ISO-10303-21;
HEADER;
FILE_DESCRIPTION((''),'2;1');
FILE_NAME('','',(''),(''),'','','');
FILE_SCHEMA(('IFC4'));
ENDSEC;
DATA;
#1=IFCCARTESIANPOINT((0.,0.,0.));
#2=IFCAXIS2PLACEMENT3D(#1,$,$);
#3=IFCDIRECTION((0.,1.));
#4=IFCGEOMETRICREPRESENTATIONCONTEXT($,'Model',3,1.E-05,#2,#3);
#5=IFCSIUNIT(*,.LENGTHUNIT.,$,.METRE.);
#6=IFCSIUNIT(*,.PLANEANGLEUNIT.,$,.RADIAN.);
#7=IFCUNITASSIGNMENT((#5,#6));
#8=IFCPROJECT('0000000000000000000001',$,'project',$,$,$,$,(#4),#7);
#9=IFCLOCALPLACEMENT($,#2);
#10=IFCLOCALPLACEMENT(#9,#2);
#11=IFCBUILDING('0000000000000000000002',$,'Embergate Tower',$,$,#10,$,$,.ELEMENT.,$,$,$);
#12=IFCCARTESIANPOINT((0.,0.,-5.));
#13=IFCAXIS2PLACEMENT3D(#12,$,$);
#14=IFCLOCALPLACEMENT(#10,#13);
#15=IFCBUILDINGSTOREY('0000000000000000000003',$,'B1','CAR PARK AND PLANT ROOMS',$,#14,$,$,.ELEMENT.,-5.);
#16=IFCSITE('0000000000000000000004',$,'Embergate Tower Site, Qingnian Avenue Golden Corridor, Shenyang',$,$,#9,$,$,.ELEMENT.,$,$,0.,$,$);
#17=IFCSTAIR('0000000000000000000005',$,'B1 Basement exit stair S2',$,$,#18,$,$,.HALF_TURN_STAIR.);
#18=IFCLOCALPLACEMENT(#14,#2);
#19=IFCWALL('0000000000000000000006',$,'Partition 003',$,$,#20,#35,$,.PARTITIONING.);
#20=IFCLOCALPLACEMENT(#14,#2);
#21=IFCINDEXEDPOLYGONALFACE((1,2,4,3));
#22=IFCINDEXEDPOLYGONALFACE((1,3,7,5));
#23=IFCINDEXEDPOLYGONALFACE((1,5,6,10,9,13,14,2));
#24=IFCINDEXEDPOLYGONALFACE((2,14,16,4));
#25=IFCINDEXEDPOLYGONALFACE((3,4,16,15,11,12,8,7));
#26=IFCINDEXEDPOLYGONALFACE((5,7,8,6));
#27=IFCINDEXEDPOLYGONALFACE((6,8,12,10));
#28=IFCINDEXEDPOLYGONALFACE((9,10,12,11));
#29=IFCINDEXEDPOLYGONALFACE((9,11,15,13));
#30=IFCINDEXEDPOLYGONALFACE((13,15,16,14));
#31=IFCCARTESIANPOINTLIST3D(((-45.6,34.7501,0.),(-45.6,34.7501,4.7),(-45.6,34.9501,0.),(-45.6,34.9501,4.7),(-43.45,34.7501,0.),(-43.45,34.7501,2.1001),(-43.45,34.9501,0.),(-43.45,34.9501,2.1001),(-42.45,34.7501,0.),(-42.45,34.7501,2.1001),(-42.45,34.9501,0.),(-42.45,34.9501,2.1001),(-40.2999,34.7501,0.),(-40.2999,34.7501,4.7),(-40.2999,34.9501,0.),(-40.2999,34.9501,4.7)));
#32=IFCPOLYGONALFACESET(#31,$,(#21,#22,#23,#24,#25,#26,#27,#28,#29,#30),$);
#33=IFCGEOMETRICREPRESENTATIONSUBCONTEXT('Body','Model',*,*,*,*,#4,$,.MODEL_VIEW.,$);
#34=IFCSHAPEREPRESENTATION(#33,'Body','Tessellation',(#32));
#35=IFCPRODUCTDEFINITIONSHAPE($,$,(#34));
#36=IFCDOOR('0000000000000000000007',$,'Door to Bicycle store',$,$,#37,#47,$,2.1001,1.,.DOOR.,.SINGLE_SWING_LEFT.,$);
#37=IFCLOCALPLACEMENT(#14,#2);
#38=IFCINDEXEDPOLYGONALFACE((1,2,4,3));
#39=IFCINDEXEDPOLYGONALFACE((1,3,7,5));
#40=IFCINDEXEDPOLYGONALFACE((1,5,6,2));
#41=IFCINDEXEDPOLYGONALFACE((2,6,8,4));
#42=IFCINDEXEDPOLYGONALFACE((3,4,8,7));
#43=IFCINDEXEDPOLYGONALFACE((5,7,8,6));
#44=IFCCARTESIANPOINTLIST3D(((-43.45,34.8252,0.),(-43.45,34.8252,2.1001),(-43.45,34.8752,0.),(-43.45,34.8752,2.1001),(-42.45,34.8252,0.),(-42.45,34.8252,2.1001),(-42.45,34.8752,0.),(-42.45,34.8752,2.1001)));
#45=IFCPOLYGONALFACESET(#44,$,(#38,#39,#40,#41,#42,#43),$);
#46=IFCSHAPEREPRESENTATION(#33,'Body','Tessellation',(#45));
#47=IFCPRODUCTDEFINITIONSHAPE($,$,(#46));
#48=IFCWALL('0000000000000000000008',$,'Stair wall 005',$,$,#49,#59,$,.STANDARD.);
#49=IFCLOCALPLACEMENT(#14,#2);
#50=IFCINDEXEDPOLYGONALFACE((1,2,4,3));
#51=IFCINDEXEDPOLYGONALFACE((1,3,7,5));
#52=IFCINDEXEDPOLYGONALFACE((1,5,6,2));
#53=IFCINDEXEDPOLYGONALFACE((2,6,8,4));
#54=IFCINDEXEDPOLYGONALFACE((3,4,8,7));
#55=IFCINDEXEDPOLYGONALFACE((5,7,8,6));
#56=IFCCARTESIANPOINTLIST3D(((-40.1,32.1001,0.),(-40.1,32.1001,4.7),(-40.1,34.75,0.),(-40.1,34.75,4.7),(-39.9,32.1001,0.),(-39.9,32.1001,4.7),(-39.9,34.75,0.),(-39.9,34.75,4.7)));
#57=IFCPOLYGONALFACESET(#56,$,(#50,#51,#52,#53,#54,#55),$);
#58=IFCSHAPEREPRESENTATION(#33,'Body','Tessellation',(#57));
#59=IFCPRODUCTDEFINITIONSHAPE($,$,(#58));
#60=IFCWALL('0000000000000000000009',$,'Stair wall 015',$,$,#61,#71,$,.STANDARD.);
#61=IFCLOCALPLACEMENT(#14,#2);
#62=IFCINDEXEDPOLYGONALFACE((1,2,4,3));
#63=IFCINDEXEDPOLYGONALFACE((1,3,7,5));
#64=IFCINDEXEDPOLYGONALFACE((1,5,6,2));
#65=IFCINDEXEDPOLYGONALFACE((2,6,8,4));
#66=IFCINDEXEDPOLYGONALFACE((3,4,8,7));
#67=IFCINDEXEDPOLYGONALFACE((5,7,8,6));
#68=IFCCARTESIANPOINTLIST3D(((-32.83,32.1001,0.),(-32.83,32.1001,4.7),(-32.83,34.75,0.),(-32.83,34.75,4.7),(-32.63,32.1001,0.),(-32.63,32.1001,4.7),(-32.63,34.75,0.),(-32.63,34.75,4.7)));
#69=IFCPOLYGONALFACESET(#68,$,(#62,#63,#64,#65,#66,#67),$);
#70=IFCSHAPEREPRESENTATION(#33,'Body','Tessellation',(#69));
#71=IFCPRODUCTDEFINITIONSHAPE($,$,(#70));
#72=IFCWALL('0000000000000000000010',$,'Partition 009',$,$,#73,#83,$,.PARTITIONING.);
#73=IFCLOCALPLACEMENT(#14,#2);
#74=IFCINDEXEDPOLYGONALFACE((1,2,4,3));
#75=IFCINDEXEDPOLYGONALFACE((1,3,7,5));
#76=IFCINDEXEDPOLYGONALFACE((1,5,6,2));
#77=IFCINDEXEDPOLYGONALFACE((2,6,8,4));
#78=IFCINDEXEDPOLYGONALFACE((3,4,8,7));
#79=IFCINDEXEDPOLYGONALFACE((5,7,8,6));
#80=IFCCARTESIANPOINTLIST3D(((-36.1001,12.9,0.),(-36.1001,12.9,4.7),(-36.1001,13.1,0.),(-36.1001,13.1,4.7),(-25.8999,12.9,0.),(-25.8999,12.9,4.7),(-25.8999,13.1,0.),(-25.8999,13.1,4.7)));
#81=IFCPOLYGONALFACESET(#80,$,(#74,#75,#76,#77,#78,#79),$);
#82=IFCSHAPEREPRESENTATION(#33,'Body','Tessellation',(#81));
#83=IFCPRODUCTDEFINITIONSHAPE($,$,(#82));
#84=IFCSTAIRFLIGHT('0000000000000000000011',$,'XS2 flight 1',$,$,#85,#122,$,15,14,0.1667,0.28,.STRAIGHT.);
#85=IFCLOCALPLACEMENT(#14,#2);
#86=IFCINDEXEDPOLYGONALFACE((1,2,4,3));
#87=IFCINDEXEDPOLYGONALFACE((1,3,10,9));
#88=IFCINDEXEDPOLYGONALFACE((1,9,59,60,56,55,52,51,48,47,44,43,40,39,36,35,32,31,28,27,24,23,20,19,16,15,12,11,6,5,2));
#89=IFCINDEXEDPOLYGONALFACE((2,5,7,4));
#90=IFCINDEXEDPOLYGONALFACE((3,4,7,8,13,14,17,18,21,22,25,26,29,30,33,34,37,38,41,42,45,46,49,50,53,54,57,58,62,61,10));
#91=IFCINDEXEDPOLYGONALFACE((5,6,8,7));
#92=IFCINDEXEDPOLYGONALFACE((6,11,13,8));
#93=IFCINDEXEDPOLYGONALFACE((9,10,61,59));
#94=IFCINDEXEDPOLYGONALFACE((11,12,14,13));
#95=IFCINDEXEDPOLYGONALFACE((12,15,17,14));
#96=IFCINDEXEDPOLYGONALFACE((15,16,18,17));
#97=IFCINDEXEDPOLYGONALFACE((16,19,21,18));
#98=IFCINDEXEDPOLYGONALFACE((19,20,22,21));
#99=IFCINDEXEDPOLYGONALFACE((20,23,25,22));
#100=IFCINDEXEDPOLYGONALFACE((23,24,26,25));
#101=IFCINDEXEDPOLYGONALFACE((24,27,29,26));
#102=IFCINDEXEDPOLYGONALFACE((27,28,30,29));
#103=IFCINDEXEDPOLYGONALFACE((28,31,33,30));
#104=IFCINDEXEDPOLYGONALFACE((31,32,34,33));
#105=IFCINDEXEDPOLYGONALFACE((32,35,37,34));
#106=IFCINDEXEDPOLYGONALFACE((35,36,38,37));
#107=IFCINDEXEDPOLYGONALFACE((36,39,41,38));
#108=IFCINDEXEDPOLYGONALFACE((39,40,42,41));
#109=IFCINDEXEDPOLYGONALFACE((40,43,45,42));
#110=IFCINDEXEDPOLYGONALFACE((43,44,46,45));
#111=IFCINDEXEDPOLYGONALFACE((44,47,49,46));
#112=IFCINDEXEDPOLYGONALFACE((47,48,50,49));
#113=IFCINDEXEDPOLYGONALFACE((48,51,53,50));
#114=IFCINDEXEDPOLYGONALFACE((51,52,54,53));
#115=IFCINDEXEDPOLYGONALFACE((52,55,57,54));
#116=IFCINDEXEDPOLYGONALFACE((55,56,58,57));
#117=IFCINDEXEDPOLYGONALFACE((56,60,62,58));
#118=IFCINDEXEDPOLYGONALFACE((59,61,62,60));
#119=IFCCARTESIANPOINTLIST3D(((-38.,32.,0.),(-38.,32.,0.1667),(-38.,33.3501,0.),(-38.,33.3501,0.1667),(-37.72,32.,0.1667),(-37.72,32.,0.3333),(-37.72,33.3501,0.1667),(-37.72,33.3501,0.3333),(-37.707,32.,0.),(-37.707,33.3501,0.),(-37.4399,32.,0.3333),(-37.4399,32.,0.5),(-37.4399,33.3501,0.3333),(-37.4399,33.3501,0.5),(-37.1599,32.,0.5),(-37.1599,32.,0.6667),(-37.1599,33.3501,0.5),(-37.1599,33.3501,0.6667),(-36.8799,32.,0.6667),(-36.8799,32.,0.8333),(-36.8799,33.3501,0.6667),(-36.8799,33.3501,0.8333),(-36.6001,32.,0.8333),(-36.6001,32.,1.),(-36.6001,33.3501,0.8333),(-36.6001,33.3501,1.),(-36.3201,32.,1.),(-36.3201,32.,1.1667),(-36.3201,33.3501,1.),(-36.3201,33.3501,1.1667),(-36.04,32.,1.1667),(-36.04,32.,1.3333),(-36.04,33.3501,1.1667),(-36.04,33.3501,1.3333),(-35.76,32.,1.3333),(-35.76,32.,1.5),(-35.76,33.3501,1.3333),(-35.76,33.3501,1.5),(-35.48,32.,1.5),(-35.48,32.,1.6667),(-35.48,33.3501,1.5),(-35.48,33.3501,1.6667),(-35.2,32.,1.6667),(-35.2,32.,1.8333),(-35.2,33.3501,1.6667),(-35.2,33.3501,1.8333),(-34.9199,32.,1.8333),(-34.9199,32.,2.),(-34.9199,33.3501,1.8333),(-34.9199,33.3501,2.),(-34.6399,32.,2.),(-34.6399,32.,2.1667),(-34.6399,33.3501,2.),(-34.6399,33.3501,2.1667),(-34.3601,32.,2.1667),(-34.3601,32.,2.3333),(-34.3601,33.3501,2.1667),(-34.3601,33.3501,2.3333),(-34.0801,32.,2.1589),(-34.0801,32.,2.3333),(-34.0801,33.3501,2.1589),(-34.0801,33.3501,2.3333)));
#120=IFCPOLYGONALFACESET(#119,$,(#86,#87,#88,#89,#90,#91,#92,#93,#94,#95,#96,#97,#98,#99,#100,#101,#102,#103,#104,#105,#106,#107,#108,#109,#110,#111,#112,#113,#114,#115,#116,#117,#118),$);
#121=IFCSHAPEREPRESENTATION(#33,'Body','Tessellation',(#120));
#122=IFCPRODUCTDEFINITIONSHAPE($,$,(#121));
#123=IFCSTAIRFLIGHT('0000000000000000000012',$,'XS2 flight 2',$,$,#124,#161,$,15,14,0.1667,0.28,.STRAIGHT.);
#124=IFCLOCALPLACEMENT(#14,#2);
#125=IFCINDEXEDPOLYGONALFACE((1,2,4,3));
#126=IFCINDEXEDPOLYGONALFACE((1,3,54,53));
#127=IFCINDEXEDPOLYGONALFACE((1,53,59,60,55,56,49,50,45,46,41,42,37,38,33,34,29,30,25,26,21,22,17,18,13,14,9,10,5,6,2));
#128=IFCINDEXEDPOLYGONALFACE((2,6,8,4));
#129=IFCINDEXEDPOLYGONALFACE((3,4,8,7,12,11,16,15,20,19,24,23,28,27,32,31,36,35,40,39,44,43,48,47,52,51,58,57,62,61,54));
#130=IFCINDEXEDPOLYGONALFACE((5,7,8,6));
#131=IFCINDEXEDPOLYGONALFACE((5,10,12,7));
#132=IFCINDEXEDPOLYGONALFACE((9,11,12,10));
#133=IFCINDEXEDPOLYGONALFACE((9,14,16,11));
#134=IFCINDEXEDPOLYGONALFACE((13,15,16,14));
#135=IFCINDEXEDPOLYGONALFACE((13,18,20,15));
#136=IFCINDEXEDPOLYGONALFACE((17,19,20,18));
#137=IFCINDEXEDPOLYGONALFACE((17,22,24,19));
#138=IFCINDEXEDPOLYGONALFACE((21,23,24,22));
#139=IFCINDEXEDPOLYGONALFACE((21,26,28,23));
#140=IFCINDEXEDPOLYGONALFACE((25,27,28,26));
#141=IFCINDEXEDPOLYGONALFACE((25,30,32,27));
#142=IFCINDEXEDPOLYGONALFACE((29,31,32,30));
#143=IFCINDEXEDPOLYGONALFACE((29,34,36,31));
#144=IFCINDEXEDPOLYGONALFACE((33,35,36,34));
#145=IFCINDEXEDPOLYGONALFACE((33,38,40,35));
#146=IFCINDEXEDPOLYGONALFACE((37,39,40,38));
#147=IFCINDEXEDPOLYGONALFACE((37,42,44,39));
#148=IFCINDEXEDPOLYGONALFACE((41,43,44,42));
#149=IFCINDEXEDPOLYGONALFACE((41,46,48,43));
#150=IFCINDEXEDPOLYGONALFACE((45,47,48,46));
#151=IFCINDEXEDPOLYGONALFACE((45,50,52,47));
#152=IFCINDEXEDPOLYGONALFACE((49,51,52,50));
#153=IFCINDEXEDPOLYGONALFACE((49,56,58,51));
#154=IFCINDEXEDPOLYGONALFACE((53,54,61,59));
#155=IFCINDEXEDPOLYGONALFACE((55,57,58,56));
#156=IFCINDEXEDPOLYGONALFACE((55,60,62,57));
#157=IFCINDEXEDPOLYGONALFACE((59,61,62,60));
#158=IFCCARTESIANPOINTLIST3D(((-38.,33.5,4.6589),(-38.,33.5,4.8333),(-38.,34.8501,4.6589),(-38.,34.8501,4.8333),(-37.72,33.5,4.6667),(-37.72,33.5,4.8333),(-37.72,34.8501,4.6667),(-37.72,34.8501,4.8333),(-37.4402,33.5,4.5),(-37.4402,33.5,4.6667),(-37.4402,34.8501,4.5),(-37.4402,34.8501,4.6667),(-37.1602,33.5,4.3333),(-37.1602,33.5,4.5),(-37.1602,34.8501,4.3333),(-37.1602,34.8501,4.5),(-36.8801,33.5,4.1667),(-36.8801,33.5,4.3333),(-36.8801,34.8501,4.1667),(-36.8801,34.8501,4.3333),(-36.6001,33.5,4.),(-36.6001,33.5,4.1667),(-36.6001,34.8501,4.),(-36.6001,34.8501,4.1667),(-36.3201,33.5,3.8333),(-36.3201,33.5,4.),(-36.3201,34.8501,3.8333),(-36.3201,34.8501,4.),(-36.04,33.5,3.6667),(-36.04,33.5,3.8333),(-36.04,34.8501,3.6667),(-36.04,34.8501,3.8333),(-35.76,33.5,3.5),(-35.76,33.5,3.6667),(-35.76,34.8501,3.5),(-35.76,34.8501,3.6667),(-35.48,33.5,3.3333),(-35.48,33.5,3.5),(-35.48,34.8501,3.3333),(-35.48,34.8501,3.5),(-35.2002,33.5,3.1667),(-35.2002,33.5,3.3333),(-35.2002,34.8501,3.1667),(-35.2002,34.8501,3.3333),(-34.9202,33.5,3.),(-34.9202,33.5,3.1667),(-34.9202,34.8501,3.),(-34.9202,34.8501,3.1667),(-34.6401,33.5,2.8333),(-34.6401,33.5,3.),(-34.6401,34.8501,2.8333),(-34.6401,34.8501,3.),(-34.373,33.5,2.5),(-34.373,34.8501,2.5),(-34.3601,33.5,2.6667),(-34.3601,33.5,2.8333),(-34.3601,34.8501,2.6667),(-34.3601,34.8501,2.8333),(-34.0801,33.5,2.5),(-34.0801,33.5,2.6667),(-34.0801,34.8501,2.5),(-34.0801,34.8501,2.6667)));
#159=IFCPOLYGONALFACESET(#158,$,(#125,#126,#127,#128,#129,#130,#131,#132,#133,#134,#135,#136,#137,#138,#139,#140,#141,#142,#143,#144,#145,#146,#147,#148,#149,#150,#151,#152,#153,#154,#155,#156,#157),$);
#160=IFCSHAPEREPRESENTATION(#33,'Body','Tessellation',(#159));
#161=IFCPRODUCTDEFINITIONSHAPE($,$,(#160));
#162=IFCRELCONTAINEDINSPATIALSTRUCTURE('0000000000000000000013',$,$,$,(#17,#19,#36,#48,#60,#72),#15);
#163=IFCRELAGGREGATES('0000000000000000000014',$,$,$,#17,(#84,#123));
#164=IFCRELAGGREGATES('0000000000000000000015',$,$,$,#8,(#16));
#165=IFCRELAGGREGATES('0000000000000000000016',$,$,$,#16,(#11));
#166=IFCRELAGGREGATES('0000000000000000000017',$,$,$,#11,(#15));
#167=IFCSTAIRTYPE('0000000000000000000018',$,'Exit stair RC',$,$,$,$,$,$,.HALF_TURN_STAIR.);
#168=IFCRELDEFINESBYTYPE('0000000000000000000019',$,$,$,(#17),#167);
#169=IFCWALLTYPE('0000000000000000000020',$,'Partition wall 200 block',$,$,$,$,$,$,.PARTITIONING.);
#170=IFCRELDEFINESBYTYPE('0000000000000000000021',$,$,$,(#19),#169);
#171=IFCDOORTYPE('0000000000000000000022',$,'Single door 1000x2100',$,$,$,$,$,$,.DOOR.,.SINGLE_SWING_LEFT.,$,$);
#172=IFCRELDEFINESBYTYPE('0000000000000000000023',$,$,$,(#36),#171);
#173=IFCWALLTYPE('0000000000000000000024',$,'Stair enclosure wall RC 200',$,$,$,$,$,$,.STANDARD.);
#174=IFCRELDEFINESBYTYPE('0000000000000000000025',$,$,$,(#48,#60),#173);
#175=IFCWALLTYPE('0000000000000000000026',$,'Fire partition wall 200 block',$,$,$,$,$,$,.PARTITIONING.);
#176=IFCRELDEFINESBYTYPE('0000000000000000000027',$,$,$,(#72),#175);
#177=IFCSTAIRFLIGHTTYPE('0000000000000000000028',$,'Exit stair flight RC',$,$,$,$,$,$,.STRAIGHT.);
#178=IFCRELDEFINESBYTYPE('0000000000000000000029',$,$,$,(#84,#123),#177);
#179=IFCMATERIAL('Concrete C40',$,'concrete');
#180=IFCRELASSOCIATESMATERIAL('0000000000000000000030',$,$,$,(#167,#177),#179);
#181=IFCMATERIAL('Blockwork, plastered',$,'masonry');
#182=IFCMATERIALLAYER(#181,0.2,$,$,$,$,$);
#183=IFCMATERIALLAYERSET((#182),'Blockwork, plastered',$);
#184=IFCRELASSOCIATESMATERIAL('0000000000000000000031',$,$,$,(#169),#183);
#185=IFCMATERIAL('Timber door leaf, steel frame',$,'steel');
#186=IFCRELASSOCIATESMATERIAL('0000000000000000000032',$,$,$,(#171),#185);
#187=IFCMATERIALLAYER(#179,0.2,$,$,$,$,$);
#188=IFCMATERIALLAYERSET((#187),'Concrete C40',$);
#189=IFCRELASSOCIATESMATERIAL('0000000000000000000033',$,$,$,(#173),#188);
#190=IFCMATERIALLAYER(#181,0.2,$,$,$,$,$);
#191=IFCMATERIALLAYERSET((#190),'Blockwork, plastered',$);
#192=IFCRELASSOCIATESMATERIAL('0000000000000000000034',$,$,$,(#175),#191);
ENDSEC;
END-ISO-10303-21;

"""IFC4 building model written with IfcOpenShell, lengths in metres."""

from ifc_helpers import new_model, si_unit, direction, frame, frame_2d, origin, place, context, subcontext, project, spatial, polyline, rectangle, outline, extrude, source, transform, mapped, material, layer, layer_set, type_object, element, fill, aggregate, save


model = new_model("IFC4")

# Units and contexts
model_context = context("Model", 3, precision=1e-05, world=origin(), true_north=direction((0.0, 1.0)))
body_context = subcontext(model_context, "Body", "Model", "MODEL_VIEW")
ifc_project = project(units=[si_unit("LENGTHUNIT", "METRE"), si_unit("PLANEANGLEUNIT", "RADIAN")], contexts=[model_context])

# Site, building, storey
site_placement = place(None, origin())
site = spatial("IfcSite", under=ifc_project, at=site_placement, Name="Embergate Tower Site, Qingnian Avenue Golden Corridor, Shenyang", CompositionType="ELEMENT", RefElevation=0.0)
building_placement = place(site_placement, origin())
building = spatial("IfcBuilding", under=site, at=building_placement, Name="Embergate Tower", CompositionType="ELEMENT")
storey_placement = place(building_placement, frame((0.0, 0.0, -5.0)))
storey = spatial("IfcBuildingStorey", under=building, at=storey_placement, Name="B1", Description="CAR PARK AND PLANT ROOMS", CompositionType="ELEMENT", Elevation=-5.0)

# Stair
ifc_material_1 = material(Name="Concrete C40", Category="concrete")
stair_type = type_object("IfcStairType", Name="Exit stair RC", PredefinedType="HALF_TURN_STAIR", material=ifc_material_1)
stair_placement = place(storey_placement, origin())
stair = element("IfcStair", 1, at=stair_placement, inside=storey, type_object=stair_type, Name="B1 Basement exit stair S2", PredefinedType="HALF_TURN_STAIR")

# Shared definitions
ifc_material_2 = material(Name="Blockwork, plastered", Category="masonry")
ifc_layer_1 = layer(ifc_material_2, 0.2)
ifc_layer_set_1 = layer_set([ifc_layer_1], Name="Blockwork, plastered")
wall_type_1 = type_object("IfcWallType", Name="Partition wall 200 block", PredefinedType="PARTITIONING", material=ifc_layer_set_1)
shared_shape_1 = source(origin(), body_context, "Body", "SweptSolid", [
    extrude(rectangle(XDim=5.3, YDim=0.2, at=frame_2d((2.6499, 0.0))), origin(), (0.0, 0.0, 1.0), 4.7),
])

# Wall, opening, door
wall_1_placement = place(storey_placement, frame((-40.3, 34.8501, 0.0), z_axis=(0.0, 0.0, 1.0), x_axis=(-1.0, 0.0, 0.0)))
wall_1 = element("IfcWall", 2, at=wall_1_placement, inside=storey, type_object=wall_type_1, Name="Partition 003", PredefinedType="PARTITIONING", context=body_context, shape_type="MappedRepresentation", body=[
    mapped(shared_shape_1, transform((0.0, 0.0, 0.0))),
])
shared_shape_2 = source(origin(), body_context, "Body", "SweptSolid", [
    extrude(rectangle(XDim=1.0, YDim=2.1001, at=frame_2d((0.5, 1.05))), frame((0.0, 0.1099, 0.0), z_axis=(0.0, -1.0, 0.0), x_axis=(1.0, 0.0, 0.0)), (0.0, 0.0, 1.0), 0.22),
])
opening_placement = place(wall_1_placement, frame((2.1499, 0.0, 0.0)))
opening = element("IfcOpeningElement", 3, at=opening_placement, cuts=wall_1, PredefinedType="OPENING", context=body_context, shape_type="MappedRepresentation", body=[
    mapped(shared_shape_2, transform((0.0, 0.0, 0.0))),
])
ifc_material_3 = material(Name="Timber door leaf, steel frame", Category="steel")
door_type = type_object("IfcDoorType", Name="Single door 1000x2100", OperationType="SINGLE_SWING_LEFT", PredefinedType="DOOR", material=ifc_material_3)
shared_shape_3 = source(origin(), body_context, "Body", "SweptSolid", [
    extrude(rectangle(XDim=1.0, YDim=2.1001, at=frame_2d((0.5, 1.05))), frame((0.0, 0.0249, 0.0), z_axis=(0.0, -1.0, 0.0), x_axis=(1.0, 0.0, 0.0)), (0.0, 0.0, 1.0), 0.05),
])
door_placement = place(opening_placement, origin())
door = element("IfcDoor", 4, at=door_placement, inside=storey, type_object=door_type, Name="Door to Bicycle store", OperationType="SINGLE_SWING_LEFT", OverallHeight=2.1001, OverallWidth=1.0, PredefinedType="DOOR", context=body_context, shape_type="MappedRepresentation", body=[
    mapped(shared_shape_3, transform((0.0, 0.0, 0.0))),
])
fill(opening, door)

# Walls
ifc_layer_2 = layer(ifc_material_1, 0.2)
ifc_layer_set_2 = layer_set([ifc_layer_2], Name="Concrete C40")
wall_type_2 = type_object("IfcWallType", Name="Stair enclosure wall RC 200", PredefinedType="STANDARD", material=ifc_layer_set_2)
shared_shape_4 = source(origin(), body_context, "Body", "SweptSolid", [
    extrude(rectangle(XDim=2.6499, YDim=0.2, at=frame_2d((1.325, 0.0))), origin(), (0.0, 0.0, 1.0), 4.7),
])
for number, where, z_axis, x_axis, name in (
    (5, (-40.0, 32.1001, 0.0), (0.0, 0.0, 1.0), (0.0, 1.0, 0.0), "Stair wall 005"),
    (6, (-32.73, 34.75, 0.0), (0.0, 0.0, 1.0), (0.0, -1.0, 0.0), "Stair wall 015"),
):
    element("IfcWall", number, at=place(storey_placement, frame(where, z_axis=z_axis, x_axis=x_axis)), inside=storey, type_object=wall_type_2, Name=name, PredefinedType="STANDARD", context=body_context, shape_type="MappedRepresentation", body=[
        mapped(shared_shape_4, transform((0.0, 0.0, 0.0))),
    ])
ifc_layer_3 = layer(ifc_material_2, 0.2)
ifc_layer_set_3 = layer_set([ifc_layer_3], Name="Blockwork, plastered")
wall_type_3 = type_object("IfcWallType", Name="Fire partition wall 200 block", PredefinedType="PARTITIONING", material=ifc_layer_set_3)
shared_shape_5 = source(origin(), body_context, "Body", "SweptSolid", [
    extrude(rectangle(XDim=10.2002, YDim=0.2, at=frame_2d((5.1001, 0.0))), origin(), (0.0, 0.0, 1.0), 4.7),
])
wall_2_placement = place(storey_placement, frame((-36.1001, 13.0, 0.0), z_axis=(0.0, 0.0, 1.0), x_axis=(1.0, 0.0, 0.0)))
element("IfcWall", 7, at=wall_2_placement, inside=storey, type_object=wall_type_3, Name="Partition 009", PredefinedType="PARTITIONING", context=body_context, shape_type="MappedRepresentation", body=[
    mapped(shared_shape_5, transform((0.0, 0.0, 0.0))),
])

# Stair flights
stair_flight_type = type_object("IfcStairFlightType", Name="Exit stair flight RC", PredefinedType="STRAIGHT", material=ifc_material_1)
shared_shape_6 = source(origin(), body_context, "Body", "SweptSolid", [
    extrude(outline(polyline([(0.0, 0.0), (0.0, 0.1667), (0.28, 0.1667), (0.28, 0.3333), (0.5601, 0.3333), (0.5601, 0.5), (0.8401, 0.5), (0.8401, 0.6667), (1.1201, 0.6667), (1.1201, 0.8333), (1.3999, 0.8333), (1.3999, 1.0), (1.6799, 1.0), (1.6799, 1.1667), (1.96, 1.1667), (1.96, 1.3333), (2.24, 1.3333), (2.24, 1.5), (2.52, 1.5), (2.52, 1.6667), (2.8, 1.6667), (2.8, 1.8333), (3.0801, 1.8333), (3.0801, 2.0), (3.3601, 2.0), (3.3601, 2.1667), (3.6399, 2.1667), (3.6399, 2.3333), (3.9199, 2.3333), (3.9199, 2.5), (3.9199, 2.1589), (0.293, 0.0), (0.0, 0.0)])), frame((0.0, 0.675, 0.0), z_axis=(0.0, -1.0, 0.0), x_axis=(1.0, 0.0, 0.0)), (0.0, 0.0, 1.0), 1.3501),
])
stair_flight_1_placement = place(storey_placement, frame((-38.0, 32.675, 0.0), z_axis=(0.0, 0.0, 1.0), x_axis=(1.0, 0.0, 0.0)))
stair_flight_1 = element("IfcStairFlight", 8, at=stair_flight_1_placement, type_object=stair_flight_type, Name="XS2 flight 1", NumberOfRisers=15, NumberOfTreads=14, PredefinedType="STRAIGHT", RiserHeight=0.1667, TreadLength=0.28, context=body_context, shape_type="MappedRepresentation", body=[
    mapped(shared_shape_6, transform((0.0, 0.0, 0.0))),
])
stair_flight_2_placement = place(storey_placement, frame((-34.0801, 34.175, 2.5), z_axis=(0.0, 0.0, 1.0), x_axis=(-1.0, 0.0, 0.0)))
stair_flight_2 = element("IfcStairFlight", 9, at=stair_flight_2_placement, type_object=stair_flight_type, Name="XS2 flight 2", NumberOfRisers=15, NumberOfTreads=14, PredefinedType="STRAIGHT", RiserHeight=0.1667, TreadLength=0.28, context=body_context, shape_type="MappedRepresentation", body=[
    mapped(shared_shape_6, transform((0.0, 0.0, 0.0))),
])
aggregate(stair, [stair_flight_1, stair_flight_2])

save(model, "model.ifc")
